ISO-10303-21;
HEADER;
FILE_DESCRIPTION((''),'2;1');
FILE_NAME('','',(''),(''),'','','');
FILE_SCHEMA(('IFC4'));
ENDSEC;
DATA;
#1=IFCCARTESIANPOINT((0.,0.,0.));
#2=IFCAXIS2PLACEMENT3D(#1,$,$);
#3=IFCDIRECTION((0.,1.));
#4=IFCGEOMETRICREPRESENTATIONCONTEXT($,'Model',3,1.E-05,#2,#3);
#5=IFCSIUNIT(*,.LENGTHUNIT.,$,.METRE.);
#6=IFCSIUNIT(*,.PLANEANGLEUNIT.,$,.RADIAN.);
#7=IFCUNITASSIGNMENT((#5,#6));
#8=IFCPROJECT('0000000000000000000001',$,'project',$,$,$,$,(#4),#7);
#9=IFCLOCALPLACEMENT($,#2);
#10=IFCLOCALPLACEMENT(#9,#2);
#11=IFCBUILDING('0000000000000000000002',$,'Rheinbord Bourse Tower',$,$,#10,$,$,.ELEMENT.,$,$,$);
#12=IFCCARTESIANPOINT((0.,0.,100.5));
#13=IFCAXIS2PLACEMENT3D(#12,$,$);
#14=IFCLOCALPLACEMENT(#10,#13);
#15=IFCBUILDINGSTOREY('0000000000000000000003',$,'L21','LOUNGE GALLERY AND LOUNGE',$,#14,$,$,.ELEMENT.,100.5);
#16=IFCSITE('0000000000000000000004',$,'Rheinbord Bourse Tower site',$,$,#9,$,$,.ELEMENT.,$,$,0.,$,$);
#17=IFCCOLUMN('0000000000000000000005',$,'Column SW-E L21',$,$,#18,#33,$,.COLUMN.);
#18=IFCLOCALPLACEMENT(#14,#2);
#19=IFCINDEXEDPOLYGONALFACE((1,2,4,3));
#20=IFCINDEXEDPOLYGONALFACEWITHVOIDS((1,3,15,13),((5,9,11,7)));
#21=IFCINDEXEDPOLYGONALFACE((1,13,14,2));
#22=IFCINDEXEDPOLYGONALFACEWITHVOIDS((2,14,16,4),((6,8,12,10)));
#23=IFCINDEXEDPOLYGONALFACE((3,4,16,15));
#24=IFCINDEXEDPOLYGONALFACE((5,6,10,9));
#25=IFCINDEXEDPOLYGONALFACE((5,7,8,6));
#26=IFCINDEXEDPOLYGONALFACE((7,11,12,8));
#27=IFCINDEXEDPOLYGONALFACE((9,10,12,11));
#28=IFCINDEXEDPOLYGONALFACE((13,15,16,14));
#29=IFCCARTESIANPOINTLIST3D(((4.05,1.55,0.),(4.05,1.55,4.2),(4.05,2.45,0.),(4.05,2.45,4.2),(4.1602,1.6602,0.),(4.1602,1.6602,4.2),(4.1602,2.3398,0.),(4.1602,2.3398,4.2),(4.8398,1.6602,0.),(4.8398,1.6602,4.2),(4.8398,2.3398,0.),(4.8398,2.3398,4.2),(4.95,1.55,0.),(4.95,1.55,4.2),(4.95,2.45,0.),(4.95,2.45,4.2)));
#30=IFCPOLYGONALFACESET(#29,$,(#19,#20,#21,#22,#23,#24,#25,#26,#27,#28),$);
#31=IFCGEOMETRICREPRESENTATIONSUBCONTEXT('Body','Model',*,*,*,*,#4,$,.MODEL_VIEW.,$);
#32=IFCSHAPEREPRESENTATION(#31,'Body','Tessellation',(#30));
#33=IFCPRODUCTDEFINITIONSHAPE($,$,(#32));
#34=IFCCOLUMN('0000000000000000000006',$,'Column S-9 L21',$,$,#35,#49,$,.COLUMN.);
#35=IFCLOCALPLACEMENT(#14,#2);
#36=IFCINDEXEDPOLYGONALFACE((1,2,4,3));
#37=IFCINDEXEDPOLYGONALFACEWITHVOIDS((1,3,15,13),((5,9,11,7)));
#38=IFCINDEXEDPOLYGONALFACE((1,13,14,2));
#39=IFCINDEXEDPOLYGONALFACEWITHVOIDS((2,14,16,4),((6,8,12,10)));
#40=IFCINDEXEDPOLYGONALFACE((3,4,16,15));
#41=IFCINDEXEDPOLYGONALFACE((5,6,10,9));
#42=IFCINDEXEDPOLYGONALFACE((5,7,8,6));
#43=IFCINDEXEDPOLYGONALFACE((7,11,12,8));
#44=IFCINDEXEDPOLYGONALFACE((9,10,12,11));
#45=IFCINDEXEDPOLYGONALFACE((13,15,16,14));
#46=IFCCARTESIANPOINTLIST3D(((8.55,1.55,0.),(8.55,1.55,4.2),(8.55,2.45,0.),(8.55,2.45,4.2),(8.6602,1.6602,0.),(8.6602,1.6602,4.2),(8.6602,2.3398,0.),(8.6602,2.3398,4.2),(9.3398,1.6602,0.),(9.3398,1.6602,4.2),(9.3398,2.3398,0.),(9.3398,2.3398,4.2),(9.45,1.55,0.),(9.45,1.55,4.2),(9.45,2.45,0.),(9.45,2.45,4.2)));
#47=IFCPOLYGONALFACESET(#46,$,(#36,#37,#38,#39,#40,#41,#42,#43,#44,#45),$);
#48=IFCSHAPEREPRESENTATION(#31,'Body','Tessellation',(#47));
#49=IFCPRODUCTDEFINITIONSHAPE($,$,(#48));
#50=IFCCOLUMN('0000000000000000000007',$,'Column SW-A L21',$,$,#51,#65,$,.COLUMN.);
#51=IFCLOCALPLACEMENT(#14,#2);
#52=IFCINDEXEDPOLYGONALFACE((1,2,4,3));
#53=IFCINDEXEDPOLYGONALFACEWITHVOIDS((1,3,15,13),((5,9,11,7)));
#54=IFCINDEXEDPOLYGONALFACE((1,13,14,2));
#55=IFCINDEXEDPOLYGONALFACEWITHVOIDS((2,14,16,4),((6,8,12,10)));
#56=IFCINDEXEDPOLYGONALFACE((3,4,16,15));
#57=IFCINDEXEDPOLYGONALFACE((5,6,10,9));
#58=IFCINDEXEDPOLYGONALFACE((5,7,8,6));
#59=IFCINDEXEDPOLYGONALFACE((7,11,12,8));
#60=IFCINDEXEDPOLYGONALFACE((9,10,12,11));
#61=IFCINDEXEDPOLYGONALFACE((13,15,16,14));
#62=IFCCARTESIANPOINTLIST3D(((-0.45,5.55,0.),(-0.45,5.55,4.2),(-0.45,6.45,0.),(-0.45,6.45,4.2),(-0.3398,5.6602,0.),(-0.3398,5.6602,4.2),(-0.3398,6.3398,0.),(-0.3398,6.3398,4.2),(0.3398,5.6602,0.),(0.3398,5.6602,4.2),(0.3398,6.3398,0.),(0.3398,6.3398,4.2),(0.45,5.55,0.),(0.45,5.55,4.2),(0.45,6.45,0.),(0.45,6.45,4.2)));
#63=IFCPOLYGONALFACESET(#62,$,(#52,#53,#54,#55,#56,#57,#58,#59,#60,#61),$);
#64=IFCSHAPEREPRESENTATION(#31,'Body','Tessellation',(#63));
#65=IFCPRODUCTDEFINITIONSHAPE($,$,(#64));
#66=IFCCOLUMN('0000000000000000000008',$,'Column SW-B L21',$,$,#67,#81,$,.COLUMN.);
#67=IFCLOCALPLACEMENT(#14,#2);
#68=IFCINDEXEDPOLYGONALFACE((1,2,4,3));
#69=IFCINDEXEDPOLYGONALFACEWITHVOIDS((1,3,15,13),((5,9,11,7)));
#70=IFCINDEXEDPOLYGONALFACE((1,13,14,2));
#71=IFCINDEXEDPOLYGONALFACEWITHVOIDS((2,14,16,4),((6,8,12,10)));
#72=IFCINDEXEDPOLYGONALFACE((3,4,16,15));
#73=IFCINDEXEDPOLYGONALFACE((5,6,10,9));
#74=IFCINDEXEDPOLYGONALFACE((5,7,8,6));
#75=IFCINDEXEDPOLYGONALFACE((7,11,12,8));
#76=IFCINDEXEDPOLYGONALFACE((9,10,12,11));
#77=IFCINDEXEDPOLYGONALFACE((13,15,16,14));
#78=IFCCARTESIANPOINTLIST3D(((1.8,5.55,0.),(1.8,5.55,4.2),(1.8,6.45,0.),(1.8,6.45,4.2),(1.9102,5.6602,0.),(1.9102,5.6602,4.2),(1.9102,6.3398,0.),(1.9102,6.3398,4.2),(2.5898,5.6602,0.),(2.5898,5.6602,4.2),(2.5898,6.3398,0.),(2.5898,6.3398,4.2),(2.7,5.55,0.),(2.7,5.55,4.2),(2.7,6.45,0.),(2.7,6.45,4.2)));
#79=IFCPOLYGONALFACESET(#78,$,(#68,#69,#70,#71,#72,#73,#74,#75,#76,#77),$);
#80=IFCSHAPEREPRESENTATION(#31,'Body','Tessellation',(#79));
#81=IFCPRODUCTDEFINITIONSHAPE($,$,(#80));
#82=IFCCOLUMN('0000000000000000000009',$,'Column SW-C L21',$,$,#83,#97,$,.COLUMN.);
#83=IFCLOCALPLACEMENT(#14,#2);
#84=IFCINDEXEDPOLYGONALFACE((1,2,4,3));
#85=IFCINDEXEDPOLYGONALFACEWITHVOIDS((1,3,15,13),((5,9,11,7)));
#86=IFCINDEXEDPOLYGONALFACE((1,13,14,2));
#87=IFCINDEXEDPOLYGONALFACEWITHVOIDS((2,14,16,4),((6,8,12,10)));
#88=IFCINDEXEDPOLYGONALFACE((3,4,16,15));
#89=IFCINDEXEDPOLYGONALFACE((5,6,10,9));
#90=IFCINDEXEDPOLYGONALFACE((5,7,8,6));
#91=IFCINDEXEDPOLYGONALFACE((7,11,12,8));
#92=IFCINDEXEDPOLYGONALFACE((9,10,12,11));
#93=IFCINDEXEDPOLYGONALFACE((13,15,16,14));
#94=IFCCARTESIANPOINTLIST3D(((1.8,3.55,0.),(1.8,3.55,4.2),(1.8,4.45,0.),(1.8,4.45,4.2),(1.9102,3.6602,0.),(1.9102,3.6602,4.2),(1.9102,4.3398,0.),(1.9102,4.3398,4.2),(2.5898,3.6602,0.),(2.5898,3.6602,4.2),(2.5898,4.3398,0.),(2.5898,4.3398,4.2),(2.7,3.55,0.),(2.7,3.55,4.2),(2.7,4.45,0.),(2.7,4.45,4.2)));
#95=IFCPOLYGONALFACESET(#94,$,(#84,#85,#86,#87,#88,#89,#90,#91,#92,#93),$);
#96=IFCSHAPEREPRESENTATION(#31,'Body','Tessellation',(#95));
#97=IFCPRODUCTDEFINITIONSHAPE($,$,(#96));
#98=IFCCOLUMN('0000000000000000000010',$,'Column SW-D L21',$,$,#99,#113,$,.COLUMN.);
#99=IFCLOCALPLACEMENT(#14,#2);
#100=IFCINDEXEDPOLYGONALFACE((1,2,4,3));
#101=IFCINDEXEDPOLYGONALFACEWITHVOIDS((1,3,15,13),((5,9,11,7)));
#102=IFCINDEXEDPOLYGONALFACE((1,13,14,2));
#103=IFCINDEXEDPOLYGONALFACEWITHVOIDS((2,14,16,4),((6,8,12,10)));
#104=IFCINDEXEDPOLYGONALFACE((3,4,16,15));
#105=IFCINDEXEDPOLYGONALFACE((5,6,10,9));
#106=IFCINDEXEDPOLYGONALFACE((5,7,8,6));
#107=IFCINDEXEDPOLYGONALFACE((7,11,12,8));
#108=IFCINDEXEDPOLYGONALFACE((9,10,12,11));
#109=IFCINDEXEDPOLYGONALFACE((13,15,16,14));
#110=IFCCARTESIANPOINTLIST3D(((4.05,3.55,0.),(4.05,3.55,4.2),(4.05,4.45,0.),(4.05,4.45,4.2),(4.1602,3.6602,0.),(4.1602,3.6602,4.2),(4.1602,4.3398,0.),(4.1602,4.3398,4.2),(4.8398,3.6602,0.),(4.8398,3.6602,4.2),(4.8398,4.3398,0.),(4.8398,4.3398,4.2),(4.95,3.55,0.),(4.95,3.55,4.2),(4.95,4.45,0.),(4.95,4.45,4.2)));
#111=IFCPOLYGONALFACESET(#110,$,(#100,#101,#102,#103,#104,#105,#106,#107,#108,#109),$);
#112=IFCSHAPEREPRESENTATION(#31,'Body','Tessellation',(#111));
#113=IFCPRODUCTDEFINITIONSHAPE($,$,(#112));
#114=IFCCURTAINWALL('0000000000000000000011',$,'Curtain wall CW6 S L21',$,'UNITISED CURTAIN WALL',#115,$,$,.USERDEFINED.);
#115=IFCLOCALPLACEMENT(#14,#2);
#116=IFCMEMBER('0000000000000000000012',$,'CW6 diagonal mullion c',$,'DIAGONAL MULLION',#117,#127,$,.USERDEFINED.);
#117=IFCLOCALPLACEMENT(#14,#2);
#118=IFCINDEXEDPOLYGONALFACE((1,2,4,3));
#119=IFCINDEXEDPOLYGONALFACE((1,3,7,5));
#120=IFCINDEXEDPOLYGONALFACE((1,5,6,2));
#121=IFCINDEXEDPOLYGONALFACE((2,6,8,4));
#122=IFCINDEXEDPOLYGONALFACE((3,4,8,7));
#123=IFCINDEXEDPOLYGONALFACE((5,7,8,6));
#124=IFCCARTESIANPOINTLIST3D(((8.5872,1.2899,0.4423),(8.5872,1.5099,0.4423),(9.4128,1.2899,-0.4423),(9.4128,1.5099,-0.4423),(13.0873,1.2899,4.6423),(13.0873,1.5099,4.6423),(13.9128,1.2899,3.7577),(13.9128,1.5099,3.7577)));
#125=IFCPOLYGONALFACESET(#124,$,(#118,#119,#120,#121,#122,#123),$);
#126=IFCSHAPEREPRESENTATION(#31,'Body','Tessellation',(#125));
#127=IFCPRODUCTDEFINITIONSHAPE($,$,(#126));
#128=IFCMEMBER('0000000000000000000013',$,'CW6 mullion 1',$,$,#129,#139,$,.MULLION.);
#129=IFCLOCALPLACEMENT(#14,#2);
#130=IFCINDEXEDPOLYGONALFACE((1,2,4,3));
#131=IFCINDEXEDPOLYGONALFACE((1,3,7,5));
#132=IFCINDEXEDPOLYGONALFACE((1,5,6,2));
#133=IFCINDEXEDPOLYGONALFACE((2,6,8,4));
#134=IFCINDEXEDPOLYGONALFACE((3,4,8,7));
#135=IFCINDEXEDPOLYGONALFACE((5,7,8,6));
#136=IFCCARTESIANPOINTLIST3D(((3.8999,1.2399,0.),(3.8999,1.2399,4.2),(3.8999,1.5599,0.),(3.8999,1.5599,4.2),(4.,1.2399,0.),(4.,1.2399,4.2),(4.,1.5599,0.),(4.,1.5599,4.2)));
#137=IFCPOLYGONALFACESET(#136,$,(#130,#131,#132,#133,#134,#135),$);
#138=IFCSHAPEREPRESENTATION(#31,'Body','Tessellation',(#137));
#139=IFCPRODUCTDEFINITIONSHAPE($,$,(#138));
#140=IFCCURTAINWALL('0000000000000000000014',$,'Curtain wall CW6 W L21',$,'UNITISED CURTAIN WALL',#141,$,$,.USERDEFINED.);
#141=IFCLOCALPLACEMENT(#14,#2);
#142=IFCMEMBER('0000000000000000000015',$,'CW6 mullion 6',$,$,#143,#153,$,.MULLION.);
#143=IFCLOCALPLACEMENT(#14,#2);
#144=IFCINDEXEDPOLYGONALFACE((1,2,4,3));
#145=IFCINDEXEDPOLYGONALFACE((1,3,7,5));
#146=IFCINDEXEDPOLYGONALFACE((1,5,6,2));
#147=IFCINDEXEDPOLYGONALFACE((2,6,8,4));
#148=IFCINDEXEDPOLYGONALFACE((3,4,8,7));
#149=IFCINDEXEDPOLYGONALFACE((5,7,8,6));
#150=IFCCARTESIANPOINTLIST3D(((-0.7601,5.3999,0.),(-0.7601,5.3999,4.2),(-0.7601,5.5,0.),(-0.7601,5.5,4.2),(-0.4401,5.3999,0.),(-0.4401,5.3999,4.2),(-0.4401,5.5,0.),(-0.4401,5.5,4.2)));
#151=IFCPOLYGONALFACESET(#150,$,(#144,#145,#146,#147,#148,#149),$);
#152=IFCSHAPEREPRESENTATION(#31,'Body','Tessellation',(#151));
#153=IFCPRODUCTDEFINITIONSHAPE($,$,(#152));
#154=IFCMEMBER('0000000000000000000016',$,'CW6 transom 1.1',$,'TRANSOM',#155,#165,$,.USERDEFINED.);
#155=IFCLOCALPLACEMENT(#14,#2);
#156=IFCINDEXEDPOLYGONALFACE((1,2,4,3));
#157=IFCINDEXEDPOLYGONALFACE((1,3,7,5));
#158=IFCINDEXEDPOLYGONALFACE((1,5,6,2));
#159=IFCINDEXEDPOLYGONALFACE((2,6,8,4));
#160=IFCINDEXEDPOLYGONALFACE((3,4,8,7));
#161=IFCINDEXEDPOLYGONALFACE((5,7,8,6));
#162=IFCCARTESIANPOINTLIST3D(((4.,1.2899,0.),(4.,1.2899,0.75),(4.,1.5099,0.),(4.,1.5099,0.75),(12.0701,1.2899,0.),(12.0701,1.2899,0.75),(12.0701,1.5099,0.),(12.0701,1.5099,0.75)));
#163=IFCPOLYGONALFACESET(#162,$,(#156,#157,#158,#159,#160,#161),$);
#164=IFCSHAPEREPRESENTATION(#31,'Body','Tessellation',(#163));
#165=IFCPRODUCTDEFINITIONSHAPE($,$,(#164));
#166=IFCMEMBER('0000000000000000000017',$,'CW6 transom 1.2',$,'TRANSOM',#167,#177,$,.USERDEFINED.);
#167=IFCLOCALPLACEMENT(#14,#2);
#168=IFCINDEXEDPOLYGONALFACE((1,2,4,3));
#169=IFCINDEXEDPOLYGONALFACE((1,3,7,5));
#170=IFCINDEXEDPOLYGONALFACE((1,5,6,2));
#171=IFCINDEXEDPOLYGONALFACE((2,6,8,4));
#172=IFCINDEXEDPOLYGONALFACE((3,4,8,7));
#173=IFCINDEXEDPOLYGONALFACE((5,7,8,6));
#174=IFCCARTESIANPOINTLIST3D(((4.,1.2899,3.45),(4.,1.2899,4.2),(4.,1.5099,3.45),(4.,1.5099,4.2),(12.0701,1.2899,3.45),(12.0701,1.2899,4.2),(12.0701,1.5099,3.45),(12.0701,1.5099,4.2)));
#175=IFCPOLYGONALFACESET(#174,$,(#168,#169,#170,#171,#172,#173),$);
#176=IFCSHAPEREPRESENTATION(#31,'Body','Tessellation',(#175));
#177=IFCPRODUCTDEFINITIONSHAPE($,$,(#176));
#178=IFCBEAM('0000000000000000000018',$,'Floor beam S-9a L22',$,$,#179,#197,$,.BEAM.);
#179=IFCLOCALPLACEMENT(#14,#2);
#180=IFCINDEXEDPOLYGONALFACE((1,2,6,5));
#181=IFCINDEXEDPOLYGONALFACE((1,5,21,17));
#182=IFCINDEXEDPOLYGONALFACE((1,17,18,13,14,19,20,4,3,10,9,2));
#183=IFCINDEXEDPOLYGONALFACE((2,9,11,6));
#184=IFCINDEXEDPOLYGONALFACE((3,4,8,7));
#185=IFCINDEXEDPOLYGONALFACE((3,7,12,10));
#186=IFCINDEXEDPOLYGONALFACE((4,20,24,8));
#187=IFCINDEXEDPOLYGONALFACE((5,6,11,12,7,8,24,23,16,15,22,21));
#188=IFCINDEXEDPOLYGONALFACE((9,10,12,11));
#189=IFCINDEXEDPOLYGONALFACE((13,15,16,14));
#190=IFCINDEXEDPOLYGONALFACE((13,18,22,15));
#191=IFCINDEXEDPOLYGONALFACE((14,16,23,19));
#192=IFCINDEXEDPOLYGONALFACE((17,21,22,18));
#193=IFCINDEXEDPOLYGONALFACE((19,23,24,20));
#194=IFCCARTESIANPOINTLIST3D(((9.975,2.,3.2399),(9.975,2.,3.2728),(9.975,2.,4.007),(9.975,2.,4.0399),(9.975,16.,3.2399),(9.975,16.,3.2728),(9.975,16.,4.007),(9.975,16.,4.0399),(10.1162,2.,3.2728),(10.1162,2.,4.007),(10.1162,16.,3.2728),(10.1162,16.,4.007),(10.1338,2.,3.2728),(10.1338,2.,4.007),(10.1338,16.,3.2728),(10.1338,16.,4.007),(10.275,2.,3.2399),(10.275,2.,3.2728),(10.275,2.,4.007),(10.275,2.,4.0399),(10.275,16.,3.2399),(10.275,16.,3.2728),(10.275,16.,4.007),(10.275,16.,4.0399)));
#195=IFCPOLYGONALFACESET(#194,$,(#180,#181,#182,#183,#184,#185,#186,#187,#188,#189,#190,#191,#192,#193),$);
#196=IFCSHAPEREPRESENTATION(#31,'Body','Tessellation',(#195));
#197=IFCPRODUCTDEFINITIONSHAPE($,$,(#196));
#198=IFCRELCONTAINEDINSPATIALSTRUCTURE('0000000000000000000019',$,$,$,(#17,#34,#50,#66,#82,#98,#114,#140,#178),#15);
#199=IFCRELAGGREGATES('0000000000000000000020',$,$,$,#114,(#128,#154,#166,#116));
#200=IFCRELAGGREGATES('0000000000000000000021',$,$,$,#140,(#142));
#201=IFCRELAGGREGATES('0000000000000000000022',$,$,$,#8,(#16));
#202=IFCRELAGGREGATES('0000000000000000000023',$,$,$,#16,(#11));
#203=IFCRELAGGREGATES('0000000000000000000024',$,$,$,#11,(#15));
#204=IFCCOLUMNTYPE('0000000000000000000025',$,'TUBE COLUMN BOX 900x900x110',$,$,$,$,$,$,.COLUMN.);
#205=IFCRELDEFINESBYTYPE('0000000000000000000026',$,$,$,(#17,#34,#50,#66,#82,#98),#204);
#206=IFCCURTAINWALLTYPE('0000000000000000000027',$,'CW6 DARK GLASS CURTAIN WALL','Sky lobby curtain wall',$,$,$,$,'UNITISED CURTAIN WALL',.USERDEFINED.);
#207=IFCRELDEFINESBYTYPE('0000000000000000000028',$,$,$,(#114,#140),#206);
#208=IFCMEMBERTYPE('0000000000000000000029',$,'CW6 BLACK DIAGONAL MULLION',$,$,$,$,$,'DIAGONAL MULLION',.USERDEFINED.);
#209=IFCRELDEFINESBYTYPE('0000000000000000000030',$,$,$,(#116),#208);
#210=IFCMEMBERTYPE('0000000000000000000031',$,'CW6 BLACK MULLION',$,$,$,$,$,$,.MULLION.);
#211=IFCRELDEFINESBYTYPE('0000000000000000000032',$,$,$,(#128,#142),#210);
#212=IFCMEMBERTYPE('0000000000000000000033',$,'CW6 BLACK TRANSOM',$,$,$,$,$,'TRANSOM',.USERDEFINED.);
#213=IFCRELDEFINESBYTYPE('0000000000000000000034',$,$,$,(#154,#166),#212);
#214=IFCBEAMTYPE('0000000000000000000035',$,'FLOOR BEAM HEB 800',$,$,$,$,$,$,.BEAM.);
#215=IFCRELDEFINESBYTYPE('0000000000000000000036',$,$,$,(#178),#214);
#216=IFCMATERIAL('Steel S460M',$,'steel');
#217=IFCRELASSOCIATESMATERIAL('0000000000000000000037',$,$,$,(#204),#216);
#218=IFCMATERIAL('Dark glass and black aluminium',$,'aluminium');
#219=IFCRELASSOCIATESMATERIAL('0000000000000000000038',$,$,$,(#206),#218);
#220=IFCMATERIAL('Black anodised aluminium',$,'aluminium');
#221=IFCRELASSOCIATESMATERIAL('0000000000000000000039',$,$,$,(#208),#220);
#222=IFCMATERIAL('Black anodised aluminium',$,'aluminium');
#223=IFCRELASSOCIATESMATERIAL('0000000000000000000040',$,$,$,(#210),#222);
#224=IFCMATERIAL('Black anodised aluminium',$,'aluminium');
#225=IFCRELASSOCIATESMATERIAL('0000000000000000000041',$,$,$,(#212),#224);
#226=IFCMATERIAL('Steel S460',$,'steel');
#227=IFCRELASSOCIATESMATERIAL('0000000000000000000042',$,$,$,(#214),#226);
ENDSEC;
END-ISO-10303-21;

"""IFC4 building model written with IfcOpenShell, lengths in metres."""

from ifc_helpers import new_model, si_unit, direction, frame, origin, origin_2d, place, context, subcontext, project, spatial, rectangle, hollow_rectangle, i_section, extrude, material, material_profile, profile_set, type_object, element, aggregate, save


model = new_model("IFC4")

# Units and contexts
model_context = context("Model", 3, precision=1e-05, world=origin(), true_north=direction((0.0, 1.0)))
body_context = subcontext(model_context, "Body", "Model", "MODEL_VIEW")
ifc_project = project(units=[si_unit("LENGTHUNIT", "METRE"), si_unit("PLANEANGLEUNIT", "RADIAN")], contexts=[model_context])

# Site, building, storey
site_placement = place(None, origin())
site = spatial("IfcSite", under=ifc_project, at=site_placement, Name="Rheinbord Bourse Tower site", CompositionType="ELEMENT", RefElevation=0.0)
building_placement = place(site_placement, origin())
building = spatial("IfcBuilding", under=site, at=building_placement, Name="Rheinbord Bourse Tower", CompositionType="ELEMENT")
storey_placement = place(building_placement, frame((0.0, 0.0, 100.5)))
storey = spatial("IfcBuildingStorey", under=building, at=storey_placement, Name="L21", Description="LOUNGE GALLERY AND LOUNGE", CompositionType="ELEMENT", Elevation=100.5)

# Columns
ifc_material_1 = material(Name="Steel S460M", Category="steel")
ifc_material_profile_1 = material_profile(ifc_material_1, hollow_rectangle(XDim=0.8999, YDim=0.8999, WallThickness=0.1101, at=origin_2d()), Name="BOX 900x900x110")
ifc_profile_set_1 = profile_set([ifc_material_profile_1], Name="Steel S460M")
column_type = type_object("IfcColumnType", Name="TUBE COLUMN BOX 900x900x110", PredefinedType="COLUMN", material=ifc_profile_set_1)
for number, where, z_axis, x_axis, name in (
    (1, (4.5, 2.0, 0.0), (0.0, 0.0, 1.0), (0.0, 1.0, 0.0), "Column SW-E L21"),
    (2, (9.0, 2.0, 0.0), (0.0, 0.0, 1.0), (0.0, 1.0, 0.0), "Column S-9 L21"),
    (3, (0.0, 6.0, 0.0), (0.0, 0.0, 1.0), (1.0, 0.0, 0.0), "Column SW-A L21"),
    (4, (2.25, 6.0, 0.0), (0.0, 0.0, 1.0), (1.0, 0.0, 0.0), "Column SW-B L21"),
    (5, (2.25, 4.0, 0.0), (0.0, 0.0, 1.0), (1.0, 0.0, 0.0), "Column SW-C L21"),
    (6, (4.5, 4.0, 0.0), (0.0, 0.0, 1.0), (0.0, 1.0, 0.0), "Column SW-D L21"),
):
    element("IfcColumn", number, at=place(storey_placement, frame(where, z_axis=z_axis, x_axis=x_axis)), inside=storey, type_object=column_type, Name=name, PredefinedType="COLUMN", context=body_context, shape_type="SweptSolid", body=[
        extrude(hollow_rectangle(XDim=0.8999, YDim=0.8999, WallThickness=0.1101, at=origin_2d()), origin(), (0.0, 0.0, 1.0), 4.2),
    ])

# Curtain wall, members
ifc_material_2 = material(Name="Dark glass and black aluminium", Category="aluminium")
curtain_wall_type = type_object("IfcCurtainWallType", Name="CW6 DARK GLASS CURTAIN WALL", Description="Sky lobby curtain wall", ElementType="UNITISED CURTAIN WALL", PredefinedType="USERDEFINED", material=ifc_material_2)
curtain_wall_1_placement = place(storey_placement, origin())
curtain_wall_1 = element("IfcCurtainWall", 7, at=curtain_wall_1_placement, inside=storey, type_object=curtain_wall_type, Name="Curtain wall CW6 S L21", ObjectType="UNITISED CURTAIN WALL", PredefinedType="USERDEFINED")
ifc_material_3 = material(Name="Black anodised aluminium", Category="aluminium")
ifc_material_profile_2 = material_profile(ifc_material_3, rectangle(XDim=0.22, YDim=1.21, at=origin_2d()), Name="CW6 DIAGONAL MULLION 1210x220")
ifc_profile_set_2 = profile_set([ifc_material_profile_2], Name="Black anodised aluminium")
member_type_1 = type_object("IfcMemberType", Name="CW6 BLACK DIAGONAL MULLION", ElementType="DIAGONAL MULLION", PredefinedType="USERDEFINED", material=ifc_profile_set_2)
member_1_placement = place(storey_placement, frame((9.0, 1.3999, 0.0), z_axis=(0.731059, 0.0, 0.682314), x_axis=(0.0, 1.0, 0.0)))
member_1 = element("IfcMember", 8, at=member_1_placement, type_object=member_type_1, Name="CW6 diagonal mullion c", ObjectType="DIAGONAL MULLION", PredefinedType="USERDEFINED", context=body_context, shape_type="SweptSolid", body=[
    extrude(rectangle(XDim=0.22, YDim=1.21, at=origin_2d()), origin(), (0.0, 0.0, 1.0), 6.1555),
])
ifc_material_4 = material(Name="Black anodised aluminium", Category="aluminium")
ifc_material_profile_3 = material_profile(ifc_material_4, rectangle(XDim=0.3201, YDim=0.1001, at=origin_2d()), Name="CW6 MULLION 100x320")
ifc_profile_set_3 = profile_set([ifc_material_profile_3], Name="Black anodised aluminium")
member_type_2 = type_object("IfcMemberType", Name="CW6 BLACK MULLION", PredefinedType="MULLION", material=ifc_profile_set_3)
member_2_placement = place(storey_placement, frame((3.95, 1.3999, 0.0), z_axis=(0.0, 0.0, 1.0), x_axis=(0.0, 1.0, 0.0)))
member_2 = element("IfcMember", 9, at=member_2_placement, type_object=member_type_2, Name="CW6 mullion 1", PredefinedType="MULLION", context=body_context, shape_type="SweptSolid", body=[
    extrude(rectangle(XDim=0.3201, YDim=0.1001, at=origin_2d()), origin(), (0.0, 0.0, 1.0), 4.2),
])

# Curtain wall, member
curtain_wall_2_placement = place(storey_placement, origin())
curtain_wall_2 = element("IfcCurtainWall", 10, at=curtain_wall_2_placement, inside=storey, type_object=curtain_wall_type, Name="Curtain wall CW6 W L21", ObjectType="UNITISED CURTAIN WALL", PredefinedType="USERDEFINED")
member_3_placement = place(storey_placement, frame((-0.6001, 5.45, 0.0), z_axis=(0.0, 0.0, 1.0), x_axis=(1.0, 0.0, 0.0)))
member_3 = element("IfcMember", 11, at=member_3_placement, type_object=member_type_2, Name="CW6 mullion 6", PredefinedType="MULLION", context=body_context, shape_type="SweptSolid", body=[
    extrude(rectangle(XDim=0.3201, YDim=0.1001, at=origin_2d()), origin(), (0.0, 0.0, 1.0), 4.2),
])

# Members
ifc_material_5 = material(Name="Black anodised aluminium", Category="aluminium")
ifc_material_profile_4 = material_profile(ifc_material_5, rectangle(XDim=0.22, YDim=0.75, at=origin_2d()), Name="CW6 TRANSOM 750x220")
ifc_profile_set_4 = profile_set([ifc_material_profile_4], Name="Black anodised aluminium")
member_type_3 = type_object("IfcMemberType", Name="CW6 BLACK TRANSOM", ElementType="TRANSOM", PredefinedType="USERDEFINED", material=ifc_profile_set_4)
member_4_placement = place(storey_placement, frame((4.0, 1.3999, 0.375), z_axis=(1.0, 0.0, 0.0), x_axis=(0.0, 1.0, 0.0)))
member_4 = element("IfcMember", 12, at=member_4_placement, type_object=member_type_3, Name="CW6 transom 1.1", ObjectType="TRANSOM", PredefinedType="USERDEFINED", context=body_context, shape_type="SweptSolid", body=[
    extrude(rectangle(XDim=0.22, YDim=0.75, at=origin_2d()), origin(), (0.0, 0.0, 1.0), 8.0701),
])
member_5_placement = place(storey_placement, frame((4.0, 1.3999, 3.825), z_axis=(1.0, 0.0, 0.0), x_axis=(0.0, 1.0, 0.0)))
member_5 = element("IfcMember", 13, at=member_5_placement, type_object=member_type_3, Name="CW6 transom 1.2", ObjectType="TRANSOM", PredefinedType="USERDEFINED", context=body_context, shape_type="SweptSolid", body=[
    extrude(rectangle(XDim=0.22, YDim=0.75, at=origin_2d()), origin(), (0.0, 0.0, 1.0), 8.0701),
])

# Beam
ifc_material_6 = material(Name="Steel S460", Category="steel")
ifc_material_profile_5 = material_profile(ifc_material_6, i_section(OverallWidth=0.3, OverallDepth=0.8, WebThickness=0.0176, FlangeThickness=0.033, at=origin_2d()), Name="HEB 800")
ifc_profile_set_5 = profile_set([ifc_material_profile_5], Name="Steel S460")
beam_type_1 = type_object("IfcBeamType", Name="FLOOR BEAM HEB 800", PredefinedType="BEAM", material=ifc_profile_set_5)
beam_1_placement = place(storey_placement, frame((10.125, 2.0, 3.6399), z_axis=(0.0, 1.0, 0.0), x_axis=(-1.0, 0.0, 0.0)))
element("IfcBeam", 14, at=beam_1_placement, inside=storey, type_object=beam_type_1, Name="Floor beam S-9a L22", PredefinedType="BEAM", context=body_context, shape_type="SweptSolid", body=[
    extrude(i_section(OverallWidth=0.3, OverallDepth=0.8, WebThickness=0.0176, FlangeThickness=0.033, at=origin_2d()), origin(), (0.0, 0.0, 1.0), 14.0),
])

aggregate(curtain_wall_1, [member_2, member_4, member_5, member_1])
aggregate(curtain_wall_2, [member_3])

save(model, "model.ifc")
